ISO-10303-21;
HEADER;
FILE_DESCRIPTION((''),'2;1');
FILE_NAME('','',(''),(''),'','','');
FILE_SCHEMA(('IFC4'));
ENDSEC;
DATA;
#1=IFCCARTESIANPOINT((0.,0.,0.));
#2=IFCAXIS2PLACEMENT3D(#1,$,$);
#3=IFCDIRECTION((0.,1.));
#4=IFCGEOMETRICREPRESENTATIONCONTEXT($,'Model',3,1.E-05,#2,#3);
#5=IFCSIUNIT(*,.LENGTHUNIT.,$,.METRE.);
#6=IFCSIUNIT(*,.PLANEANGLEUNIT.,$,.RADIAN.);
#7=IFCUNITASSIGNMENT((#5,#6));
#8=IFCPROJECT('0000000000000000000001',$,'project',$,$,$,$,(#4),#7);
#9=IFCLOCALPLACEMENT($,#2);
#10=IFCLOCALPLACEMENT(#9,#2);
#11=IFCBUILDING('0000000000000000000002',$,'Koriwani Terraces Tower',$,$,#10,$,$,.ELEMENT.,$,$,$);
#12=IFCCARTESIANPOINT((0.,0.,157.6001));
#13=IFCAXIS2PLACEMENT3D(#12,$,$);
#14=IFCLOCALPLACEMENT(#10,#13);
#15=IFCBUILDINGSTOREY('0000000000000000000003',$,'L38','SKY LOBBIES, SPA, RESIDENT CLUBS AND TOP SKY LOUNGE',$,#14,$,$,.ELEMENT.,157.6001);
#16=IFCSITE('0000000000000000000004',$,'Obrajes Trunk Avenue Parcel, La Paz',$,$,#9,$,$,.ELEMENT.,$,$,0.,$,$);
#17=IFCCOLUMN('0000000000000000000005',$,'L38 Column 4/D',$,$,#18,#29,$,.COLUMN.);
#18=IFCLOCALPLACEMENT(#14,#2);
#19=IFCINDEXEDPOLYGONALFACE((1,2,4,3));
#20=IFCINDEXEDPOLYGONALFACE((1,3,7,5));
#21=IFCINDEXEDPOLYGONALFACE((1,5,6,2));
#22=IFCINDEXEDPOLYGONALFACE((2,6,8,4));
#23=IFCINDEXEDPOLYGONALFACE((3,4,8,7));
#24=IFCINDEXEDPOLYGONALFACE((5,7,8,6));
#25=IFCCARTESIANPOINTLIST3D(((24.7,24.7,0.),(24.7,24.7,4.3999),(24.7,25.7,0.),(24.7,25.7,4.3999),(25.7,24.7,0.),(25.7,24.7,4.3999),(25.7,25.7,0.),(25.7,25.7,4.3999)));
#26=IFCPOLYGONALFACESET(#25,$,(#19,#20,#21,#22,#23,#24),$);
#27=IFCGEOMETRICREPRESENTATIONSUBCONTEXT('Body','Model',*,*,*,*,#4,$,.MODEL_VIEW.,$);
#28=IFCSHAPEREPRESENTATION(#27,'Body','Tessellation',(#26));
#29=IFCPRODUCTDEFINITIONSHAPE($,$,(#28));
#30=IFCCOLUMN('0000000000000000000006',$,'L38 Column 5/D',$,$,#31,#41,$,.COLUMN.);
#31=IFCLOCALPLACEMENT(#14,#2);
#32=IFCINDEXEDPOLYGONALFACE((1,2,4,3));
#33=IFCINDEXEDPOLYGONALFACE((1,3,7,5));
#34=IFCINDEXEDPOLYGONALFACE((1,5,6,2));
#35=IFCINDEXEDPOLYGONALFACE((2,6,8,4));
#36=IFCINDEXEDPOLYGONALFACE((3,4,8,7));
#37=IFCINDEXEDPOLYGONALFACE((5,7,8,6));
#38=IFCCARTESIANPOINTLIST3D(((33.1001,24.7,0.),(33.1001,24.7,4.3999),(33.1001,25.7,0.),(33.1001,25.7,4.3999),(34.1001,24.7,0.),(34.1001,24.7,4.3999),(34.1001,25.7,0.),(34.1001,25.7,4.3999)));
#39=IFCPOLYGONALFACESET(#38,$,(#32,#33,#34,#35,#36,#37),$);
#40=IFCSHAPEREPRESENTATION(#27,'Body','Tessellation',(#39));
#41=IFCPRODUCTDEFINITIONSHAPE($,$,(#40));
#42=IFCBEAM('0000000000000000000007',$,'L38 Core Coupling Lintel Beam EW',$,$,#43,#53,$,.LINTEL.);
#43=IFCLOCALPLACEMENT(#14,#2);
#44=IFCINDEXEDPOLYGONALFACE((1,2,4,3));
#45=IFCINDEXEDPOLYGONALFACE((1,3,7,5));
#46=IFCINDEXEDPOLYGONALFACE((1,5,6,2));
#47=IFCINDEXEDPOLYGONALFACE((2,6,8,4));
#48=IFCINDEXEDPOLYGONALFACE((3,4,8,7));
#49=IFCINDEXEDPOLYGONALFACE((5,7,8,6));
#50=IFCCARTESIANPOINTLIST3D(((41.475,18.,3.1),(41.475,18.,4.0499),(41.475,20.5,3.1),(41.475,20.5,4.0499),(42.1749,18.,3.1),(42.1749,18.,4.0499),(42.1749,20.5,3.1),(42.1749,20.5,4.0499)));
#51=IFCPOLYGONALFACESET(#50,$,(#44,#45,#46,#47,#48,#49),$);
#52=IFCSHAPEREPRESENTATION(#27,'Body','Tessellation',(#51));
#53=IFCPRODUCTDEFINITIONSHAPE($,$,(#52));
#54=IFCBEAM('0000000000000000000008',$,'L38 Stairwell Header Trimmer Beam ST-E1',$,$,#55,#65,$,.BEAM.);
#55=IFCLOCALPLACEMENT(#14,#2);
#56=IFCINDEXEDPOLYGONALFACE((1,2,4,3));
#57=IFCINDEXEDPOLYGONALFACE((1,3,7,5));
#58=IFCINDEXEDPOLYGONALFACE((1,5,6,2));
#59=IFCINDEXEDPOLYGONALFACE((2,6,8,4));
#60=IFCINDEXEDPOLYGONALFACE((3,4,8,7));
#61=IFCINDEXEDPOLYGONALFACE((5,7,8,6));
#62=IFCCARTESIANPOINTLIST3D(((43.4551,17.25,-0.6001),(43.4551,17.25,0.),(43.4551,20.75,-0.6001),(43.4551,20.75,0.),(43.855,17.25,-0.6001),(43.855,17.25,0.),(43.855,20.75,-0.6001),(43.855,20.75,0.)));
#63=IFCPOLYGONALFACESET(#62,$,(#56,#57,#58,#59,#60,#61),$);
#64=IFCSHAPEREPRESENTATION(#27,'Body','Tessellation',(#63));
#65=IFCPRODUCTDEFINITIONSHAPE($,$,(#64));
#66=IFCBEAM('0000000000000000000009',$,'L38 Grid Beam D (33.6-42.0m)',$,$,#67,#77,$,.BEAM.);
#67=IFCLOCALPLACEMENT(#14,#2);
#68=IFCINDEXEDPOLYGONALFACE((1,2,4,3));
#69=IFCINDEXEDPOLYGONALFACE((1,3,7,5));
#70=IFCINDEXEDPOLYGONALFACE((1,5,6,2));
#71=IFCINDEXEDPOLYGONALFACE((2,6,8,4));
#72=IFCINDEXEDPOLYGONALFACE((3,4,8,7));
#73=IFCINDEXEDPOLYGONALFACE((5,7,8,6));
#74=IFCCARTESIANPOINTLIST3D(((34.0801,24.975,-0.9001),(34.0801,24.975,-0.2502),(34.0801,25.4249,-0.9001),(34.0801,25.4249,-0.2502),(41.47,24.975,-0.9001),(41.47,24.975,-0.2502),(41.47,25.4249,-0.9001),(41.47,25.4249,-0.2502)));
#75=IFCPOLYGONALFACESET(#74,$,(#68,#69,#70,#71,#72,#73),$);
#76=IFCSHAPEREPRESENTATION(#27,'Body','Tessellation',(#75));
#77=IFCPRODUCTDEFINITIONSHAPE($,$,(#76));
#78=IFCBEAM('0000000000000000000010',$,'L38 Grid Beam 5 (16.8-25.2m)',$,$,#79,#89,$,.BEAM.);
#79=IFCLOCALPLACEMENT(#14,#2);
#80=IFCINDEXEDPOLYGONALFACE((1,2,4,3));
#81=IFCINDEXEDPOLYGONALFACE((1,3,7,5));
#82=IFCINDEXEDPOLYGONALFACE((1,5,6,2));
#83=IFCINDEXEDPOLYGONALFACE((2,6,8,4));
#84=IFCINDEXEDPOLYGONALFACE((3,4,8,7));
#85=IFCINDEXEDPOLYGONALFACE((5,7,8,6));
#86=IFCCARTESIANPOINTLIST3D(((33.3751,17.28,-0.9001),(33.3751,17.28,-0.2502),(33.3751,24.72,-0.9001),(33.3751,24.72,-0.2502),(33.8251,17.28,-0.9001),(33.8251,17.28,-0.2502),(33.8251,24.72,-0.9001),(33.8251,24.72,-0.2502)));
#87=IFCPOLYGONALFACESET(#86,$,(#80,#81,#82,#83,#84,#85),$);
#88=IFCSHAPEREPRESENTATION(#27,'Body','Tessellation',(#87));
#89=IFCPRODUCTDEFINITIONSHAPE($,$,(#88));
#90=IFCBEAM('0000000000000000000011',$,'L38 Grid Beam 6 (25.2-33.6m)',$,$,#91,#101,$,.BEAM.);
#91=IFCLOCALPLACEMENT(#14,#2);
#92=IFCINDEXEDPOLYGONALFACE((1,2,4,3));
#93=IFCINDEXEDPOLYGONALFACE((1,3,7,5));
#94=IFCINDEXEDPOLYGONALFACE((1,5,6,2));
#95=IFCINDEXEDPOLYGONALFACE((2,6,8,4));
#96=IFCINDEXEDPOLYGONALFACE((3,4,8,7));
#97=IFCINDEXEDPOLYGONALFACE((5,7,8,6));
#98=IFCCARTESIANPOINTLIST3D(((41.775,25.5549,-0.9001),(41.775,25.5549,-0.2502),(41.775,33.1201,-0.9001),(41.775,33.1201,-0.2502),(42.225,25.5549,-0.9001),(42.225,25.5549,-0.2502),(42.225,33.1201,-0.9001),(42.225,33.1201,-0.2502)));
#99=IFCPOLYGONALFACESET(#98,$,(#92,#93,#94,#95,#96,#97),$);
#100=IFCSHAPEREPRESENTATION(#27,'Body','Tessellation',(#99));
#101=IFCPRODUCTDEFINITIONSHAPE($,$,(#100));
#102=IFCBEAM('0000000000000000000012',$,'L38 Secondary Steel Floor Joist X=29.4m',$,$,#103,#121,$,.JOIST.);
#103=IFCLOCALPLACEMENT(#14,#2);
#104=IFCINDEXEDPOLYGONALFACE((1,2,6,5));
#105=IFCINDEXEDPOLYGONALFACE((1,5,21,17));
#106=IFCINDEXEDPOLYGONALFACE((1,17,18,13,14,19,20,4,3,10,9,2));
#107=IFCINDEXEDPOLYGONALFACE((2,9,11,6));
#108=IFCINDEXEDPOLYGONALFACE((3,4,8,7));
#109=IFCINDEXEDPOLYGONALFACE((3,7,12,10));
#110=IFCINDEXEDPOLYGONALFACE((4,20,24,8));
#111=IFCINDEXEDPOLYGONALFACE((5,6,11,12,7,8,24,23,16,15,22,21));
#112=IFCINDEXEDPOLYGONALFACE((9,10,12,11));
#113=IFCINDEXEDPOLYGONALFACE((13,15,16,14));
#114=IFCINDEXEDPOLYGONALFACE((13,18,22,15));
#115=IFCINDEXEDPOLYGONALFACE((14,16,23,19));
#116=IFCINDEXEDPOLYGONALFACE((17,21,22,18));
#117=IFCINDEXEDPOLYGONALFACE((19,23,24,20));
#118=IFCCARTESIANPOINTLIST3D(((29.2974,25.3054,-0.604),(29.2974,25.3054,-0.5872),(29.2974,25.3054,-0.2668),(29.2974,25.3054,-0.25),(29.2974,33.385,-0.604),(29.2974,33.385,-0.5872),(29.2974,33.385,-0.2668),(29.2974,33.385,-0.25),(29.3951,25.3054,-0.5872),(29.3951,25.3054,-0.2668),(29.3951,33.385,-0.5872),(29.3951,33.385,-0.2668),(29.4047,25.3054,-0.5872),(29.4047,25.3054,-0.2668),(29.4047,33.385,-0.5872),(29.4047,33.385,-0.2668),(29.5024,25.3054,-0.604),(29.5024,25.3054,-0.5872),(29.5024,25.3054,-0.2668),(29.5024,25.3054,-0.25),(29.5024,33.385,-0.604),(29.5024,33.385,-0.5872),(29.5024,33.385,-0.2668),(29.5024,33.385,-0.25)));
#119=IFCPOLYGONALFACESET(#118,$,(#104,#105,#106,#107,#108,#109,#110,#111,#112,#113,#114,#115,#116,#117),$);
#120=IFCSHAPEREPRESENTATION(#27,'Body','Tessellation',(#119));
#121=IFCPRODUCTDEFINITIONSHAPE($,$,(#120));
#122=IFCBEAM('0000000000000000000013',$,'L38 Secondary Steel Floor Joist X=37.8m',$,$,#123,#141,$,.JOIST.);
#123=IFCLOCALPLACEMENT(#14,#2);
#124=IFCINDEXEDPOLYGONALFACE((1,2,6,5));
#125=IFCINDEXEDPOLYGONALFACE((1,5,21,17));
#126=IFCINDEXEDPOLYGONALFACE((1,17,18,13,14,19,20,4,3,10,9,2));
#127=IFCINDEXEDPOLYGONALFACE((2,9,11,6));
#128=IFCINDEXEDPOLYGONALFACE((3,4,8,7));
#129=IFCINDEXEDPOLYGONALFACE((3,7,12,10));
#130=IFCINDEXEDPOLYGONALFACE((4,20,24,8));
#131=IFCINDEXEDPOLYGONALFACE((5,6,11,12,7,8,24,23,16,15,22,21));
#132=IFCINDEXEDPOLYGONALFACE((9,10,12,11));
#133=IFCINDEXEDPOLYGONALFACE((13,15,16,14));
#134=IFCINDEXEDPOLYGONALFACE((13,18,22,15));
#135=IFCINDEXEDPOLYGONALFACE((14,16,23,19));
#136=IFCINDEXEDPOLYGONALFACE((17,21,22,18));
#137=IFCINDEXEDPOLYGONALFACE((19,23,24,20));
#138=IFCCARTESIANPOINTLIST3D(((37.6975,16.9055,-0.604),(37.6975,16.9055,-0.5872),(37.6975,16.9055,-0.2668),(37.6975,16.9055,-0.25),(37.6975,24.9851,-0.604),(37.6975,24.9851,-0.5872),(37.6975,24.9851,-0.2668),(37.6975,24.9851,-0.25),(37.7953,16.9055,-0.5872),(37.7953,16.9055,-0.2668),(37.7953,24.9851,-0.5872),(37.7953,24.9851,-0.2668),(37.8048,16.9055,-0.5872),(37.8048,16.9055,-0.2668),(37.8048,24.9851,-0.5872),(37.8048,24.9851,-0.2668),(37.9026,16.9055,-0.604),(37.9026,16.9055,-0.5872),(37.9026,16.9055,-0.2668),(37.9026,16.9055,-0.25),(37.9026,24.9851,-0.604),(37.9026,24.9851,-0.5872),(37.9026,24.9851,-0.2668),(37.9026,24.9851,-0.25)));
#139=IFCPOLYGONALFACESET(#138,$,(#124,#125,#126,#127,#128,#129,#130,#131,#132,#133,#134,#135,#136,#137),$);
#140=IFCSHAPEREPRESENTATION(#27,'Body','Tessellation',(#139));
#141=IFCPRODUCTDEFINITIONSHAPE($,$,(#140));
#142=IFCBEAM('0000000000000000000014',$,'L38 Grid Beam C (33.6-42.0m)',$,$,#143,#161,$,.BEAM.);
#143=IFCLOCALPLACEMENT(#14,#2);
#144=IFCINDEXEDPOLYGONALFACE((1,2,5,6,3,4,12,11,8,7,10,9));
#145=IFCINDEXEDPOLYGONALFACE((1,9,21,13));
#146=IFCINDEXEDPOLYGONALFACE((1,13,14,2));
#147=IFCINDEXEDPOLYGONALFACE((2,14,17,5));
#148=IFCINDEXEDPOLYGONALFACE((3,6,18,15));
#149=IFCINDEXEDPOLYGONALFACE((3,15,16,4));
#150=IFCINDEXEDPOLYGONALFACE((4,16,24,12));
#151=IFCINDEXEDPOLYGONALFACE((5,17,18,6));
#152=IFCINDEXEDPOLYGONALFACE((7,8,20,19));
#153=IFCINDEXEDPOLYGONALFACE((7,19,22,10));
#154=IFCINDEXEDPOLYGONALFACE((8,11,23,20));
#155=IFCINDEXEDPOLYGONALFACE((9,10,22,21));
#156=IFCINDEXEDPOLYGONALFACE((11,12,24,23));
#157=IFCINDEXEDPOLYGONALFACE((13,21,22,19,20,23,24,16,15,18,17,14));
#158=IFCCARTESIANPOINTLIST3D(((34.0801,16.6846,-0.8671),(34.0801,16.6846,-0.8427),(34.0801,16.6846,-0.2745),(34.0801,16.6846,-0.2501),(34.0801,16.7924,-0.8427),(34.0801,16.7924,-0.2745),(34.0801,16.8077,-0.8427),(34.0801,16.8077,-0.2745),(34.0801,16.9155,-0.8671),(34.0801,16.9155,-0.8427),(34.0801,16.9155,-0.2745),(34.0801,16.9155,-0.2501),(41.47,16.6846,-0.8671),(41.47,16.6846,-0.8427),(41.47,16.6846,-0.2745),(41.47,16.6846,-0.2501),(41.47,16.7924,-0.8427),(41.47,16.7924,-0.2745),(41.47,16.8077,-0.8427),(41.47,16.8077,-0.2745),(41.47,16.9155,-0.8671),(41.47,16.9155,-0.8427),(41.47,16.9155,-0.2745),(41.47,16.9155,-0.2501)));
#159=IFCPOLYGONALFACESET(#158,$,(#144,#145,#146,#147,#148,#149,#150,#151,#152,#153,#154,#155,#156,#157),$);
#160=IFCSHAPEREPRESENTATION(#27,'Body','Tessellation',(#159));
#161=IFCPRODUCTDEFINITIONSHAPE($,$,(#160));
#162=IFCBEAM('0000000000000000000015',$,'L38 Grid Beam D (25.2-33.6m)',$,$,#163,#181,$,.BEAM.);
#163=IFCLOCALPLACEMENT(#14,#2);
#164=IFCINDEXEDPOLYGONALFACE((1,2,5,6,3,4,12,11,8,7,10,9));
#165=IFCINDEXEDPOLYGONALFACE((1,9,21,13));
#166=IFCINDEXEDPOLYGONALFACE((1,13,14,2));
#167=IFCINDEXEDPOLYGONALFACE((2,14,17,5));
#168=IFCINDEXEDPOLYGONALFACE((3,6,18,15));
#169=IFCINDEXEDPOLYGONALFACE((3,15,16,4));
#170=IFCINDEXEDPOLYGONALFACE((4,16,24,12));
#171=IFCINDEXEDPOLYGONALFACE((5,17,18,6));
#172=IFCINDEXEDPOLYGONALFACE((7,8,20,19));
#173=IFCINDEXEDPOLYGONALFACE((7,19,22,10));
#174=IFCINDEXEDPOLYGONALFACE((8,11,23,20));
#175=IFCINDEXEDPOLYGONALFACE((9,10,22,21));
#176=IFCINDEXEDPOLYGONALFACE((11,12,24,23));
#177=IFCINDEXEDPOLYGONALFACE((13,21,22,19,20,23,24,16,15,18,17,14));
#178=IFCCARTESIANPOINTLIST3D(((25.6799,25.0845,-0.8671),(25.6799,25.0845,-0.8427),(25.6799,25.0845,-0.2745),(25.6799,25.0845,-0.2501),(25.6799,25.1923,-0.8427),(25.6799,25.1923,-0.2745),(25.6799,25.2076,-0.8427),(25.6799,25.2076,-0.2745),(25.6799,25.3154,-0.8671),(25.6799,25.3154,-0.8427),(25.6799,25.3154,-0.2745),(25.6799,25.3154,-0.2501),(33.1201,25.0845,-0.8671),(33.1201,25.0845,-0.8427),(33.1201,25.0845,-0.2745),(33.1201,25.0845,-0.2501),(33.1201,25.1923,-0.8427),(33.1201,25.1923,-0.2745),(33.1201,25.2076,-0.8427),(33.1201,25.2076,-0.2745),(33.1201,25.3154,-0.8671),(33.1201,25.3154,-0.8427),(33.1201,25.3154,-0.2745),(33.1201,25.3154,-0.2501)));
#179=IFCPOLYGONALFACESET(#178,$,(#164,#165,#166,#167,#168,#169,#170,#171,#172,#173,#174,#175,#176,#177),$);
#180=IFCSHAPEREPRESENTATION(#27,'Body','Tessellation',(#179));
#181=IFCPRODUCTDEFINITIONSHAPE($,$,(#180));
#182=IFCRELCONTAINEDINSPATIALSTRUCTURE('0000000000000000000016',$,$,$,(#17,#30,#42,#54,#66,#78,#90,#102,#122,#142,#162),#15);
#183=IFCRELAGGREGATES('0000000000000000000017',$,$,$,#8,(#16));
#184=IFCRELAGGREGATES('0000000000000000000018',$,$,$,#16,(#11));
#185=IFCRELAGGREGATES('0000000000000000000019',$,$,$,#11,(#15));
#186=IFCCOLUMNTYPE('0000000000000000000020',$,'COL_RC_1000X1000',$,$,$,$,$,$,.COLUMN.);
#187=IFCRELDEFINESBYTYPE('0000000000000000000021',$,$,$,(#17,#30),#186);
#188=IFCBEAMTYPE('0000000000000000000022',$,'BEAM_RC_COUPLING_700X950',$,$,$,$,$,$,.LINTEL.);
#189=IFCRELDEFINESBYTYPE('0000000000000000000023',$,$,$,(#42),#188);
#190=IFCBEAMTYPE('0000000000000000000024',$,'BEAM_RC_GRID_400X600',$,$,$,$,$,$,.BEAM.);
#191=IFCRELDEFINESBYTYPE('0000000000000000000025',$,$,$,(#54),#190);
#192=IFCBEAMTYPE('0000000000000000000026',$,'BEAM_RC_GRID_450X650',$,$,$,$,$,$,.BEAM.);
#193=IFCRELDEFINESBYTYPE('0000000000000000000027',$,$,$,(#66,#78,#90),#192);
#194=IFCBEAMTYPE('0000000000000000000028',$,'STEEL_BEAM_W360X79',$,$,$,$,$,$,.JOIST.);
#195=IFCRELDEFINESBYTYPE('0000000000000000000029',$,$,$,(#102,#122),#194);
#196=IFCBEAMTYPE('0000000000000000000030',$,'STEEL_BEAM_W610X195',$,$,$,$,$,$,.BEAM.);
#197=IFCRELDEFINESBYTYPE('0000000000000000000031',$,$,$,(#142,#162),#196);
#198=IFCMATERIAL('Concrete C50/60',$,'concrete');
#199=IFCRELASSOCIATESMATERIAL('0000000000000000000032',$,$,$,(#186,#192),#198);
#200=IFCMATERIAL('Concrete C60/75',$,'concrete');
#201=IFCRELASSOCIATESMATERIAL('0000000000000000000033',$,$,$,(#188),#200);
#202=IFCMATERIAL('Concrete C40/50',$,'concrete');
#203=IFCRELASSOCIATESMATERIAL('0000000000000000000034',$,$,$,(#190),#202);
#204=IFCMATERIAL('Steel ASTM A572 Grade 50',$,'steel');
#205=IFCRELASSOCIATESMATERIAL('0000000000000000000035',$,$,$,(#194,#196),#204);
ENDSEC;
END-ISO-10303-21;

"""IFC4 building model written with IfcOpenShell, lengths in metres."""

from ifc_helpers import new_model, si_unit, direction, frame, origin, origin_2d, place, context, subcontext, project, spatial, rectangle, i_section, extrude, material, material_profile, profile_set, type_object, element, save


model = new_model("IFC4")

# Units and contexts
model_context = context("Model", 3, precision=1e-05, world=origin(), true_north=direction((0.0, 1.0)))
body_context = subcontext(model_context, "Body", "Model", "MODEL_VIEW")
ifc_project = project(units=[si_unit("LENGTHUNIT", "METRE"), si_unit("PLANEANGLEUNIT", "RADIAN")], contexts=[model_context])

# Site, building, storey
site_placement = place(None, origin())
site = spatial("IfcSite", under=ifc_project, at=site_placement, Name="Obrajes Trunk Avenue Parcel, La Paz", CompositionType="ELEMENT", RefElevation=0.0)
building_placement = place(site_placement, origin())
building = spatial("IfcBuilding", under=site, at=building_placement, Name="Koriwani Terraces Tower", CompositionType="ELEMENT")
storey_placement = place(building_placement, frame((0.0, 0.0, 157.6001)))
storey = spatial("IfcBuildingStorey", under=building, at=storey_placement, Name="L38", Description="SKY LOBBIES, SPA, RESIDENT CLUBS AND TOP SKY LOUNGE", CompositionType="ELEMENT", Elevation=157.6001)

# Columns
ifc_material_1 = material(Name="Concrete C50/60", Category="concrete")
ifc_material_profile_1 = material_profile(ifc_material_1, rectangle(XDim=1.0, YDim=1.0, at=origin_2d()), Name="Concrete C50/60", Category="LoadBearing")
ifc_profile_set_1 = profile_set([ifc_material_profile_1], Name="Concrete C50/60")
column_type = type_object("IfcColumnType", Name="COL_RC_1000X1000", PredefinedType="COLUMN", material=ifc_profile_set_1)
for number, where, z_axis, x_axis, name in (
    (1, (25.2, 25.2, 0.0), (0.0, 0.0, 1.0), (1.0, 0.0, 0.0), "L38 Column 4/D"),
    (2, (33.6001, 25.2, 0.0), (0.0, 0.0, 1.0), (1.0, 0.0, 0.0), "L38 Column 5/D"),
):
    element("IfcColumn", number, at=place(storey_placement, frame(where, z_axis=z_axis, x_axis=x_axis)), inside=storey, type_object=column_type, Name=name, PredefinedType="COLUMN", context=body_context, shape_type="SweptSolid", body=[
        extrude(rectangle(XDim=1.0, YDim=1.0, at=origin_2d()), origin(), (0.0, 0.0, 1.0), 4.3999),
    ])

# Beams
ifc_material_2 = material(Name="Concrete C60/75", Category="concrete")
ifc_material_profile_2 = material_profile(ifc_material_2, rectangle(XDim=0.7, YDim=0.95, at=origin_2d()), Name="Concrete C60/75", Category="LoadBearing")
ifc_profile_set_2 = profile_set([ifc_material_profile_2], Name="Concrete C60/75")
beam_type_1 = type_object("IfcBeamType", Name="BEAM_RC_COUPLING_700X950", PredefinedType="LINTEL", material=ifc_profile_set_2)
beam_1_placement = place(storey_placement, frame((41.825, 18.0, 3.575), z_axis=(0.0, 1.0, 0.0), x_axis=(-1.0, 0.0, 0.0)))
element("IfcBeam", 3, at=beam_1_placement, inside=storey, type_object=beam_type_1, Name="L38 Core Coupling Lintel Beam EW", PredefinedType="LINTEL", context=body_context, shape_type="SweptSolid", body=[
    extrude(rectangle(XDim=0.7, YDim=0.95, at=origin_2d()), origin(), (0.0, 0.0, 1.0), 2.5),
])
ifc_material_3 = material(Name="Concrete C40/50", Category="concrete")
ifc_material_profile_3 = material_profile(ifc_material_3, rectangle(XDim=0.3999, YDim=0.6001, at=origin_2d()), Name="Concrete C40/50", Category="LoadBearing")
ifc_profile_set_3 = profile_set([ifc_material_profile_3], Name="Concrete C40/50")
beam_type_2 = type_object("IfcBeamType", Name="BEAM_RC_GRID_400X600", PredefinedType="BEAM", material=ifc_profile_set_3)
beam_2_placement = place(storey_placement, frame((43.655, 17.25, -0.3), z_axis=(0.0, 1.0, 0.0), x_axis=(-1.0, 0.0, 0.0)))
element("IfcBeam", 4, at=beam_2_placement, inside=storey, type_object=beam_type_2, Name="L38 Stairwell Header Trimmer Beam ST-E1", PredefinedType="BEAM", context=body_context, shape_type="SweptSolid", body=[
    extrude(rectangle(XDim=0.3999, YDim=0.6001, at=origin_2d()), origin(), (0.0, 0.0, 1.0), 3.5),
])
ifc_material_profile_4 = material_profile(ifc_material_1, rectangle(XDim=0.45, YDim=0.6499, at=origin_2d()), Name="Concrete C50/60", Category="LoadBearing")
ifc_profile_set_4 = profile_set([ifc_material_profile_4], Name="Concrete C50/60")
beam_type_3 = type_object("IfcBeamType", Name="BEAM_RC_GRID_450X650", PredefinedType="BEAM", material=ifc_profile_set_4)
beam_3_placement = place(storey_placement, frame((34.0801, 25.2, -0.5752), z_axis=(1.0, 0.0, 0.0), x_axis=(0.0, 1.0, 0.0)))
element("IfcBeam", 5, at=beam_3_placement, inside=storey, type_object=beam_type_3, Name="L38 Grid Beam D (33.6-42.0m)", PredefinedType="BEAM", context=body_context, shape_type="SweptSolid", body=[
    extrude(rectangle(XDim=0.45, YDim=0.6499, at=origin_2d()), origin(), (0.0, 0.0, 1.0), 7.3899),
])
beam_4_placement = place(storey_placement, frame((33.6001, 17.28, -0.5752), z_axis=(0.0, 1.0, 0.0), x_axis=(-1.0, 0.0, 0.0)))
element("IfcBeam", 6, at=beam_4_placement, inside=storey, type_object=beam_type_3, Name="L38 Grid Beam 5 (16.8-25.2m)", PredefinedType="BEAM", context=body_context, shape_type="SweptSolid", body=[
    extrude(rectangle(XDim=0.45, YDim=0.6499, at=origin_2d()), origin(), (0.0, 0.0, 1.0), 7.4399),
])
beam_5_placement = place(storey_placement, frame((42.0, 25.5549, -0.5752), z_axis=(0.0, 1.0, 0.0), x_axis=(-1.0, 0.0, 0.0)))
element("IfcBeam", 7, at=beam_5_placement, inside=storey, type_object=beam_type_3, Name="L38 Grid Beam 6 (25.2-33.6m)", PredefinedType="BEAM", context=body_context, shape_type="SweptSolid", body=[
    extrude(rectangle(XDim=0.45, YDim=0.6499, at=origin_2d()), origin(), (0.0, 0.0, 1.0), 7.5652),
])
ifc_material_4 = material(Name="Steel ASTM A572 Grade 50", Category="steel")
ifc_material_profile_5 = material_profile(ifc_material_4, i_section(OverallWidth=0.2051, OverallDepth=0.354, WebThickness=0.0095, FlangeThickness=0.0168, at=origin_2d()), Name="Steel ASTM A572 Grade 50", Category="LoadBearing")
ifc_profile_set_5 = profile_set([ifc_material_profile_5], Name="Steel ASTM A572 Grade 50")
beam_type_4 = type_object("IfcBeamType", Name="STEEL_BEAM_W360X79", PredefinedType="JOIST", material=ifc_profile_set_5)
for number, where, z_axis, x_axis, name in (
    (8, (29.3999, 25.3054, -0.427), (0.0, 1.0, 0.0), (-1.0, 0.0, 0.0), "L38 Secondary Steel Floor Joist X=29.4m"),
    (9, (37.8, 16.9055, -0.427), (0.0, 1.0, 0.0), (-1.0, 0.0, 0.0), "L38 Secondary Steel Floor Joist X=37.8m"),
):
    element("IfcBeam", number, at=place(storey_placement, frame(where, z_axis=z_axis, x_axis=x_axis)), inside=storey, type_object=beam_type_4, Name=name, PredefinedType="JOIST", context=body_context, shape_type="SweptSolid", body=[
        extrude(i_section(OverallWidth=0.2051, OverallDepth=0.354, WebThickness=0.0095, FlangeThickness=0.0168, at=origin_2d()), origin(), (0.0, 0.0, 1.0), 8.0796),
    ])
ifc_material_profile_6 = material_profile(ifc_material_4, i_section(OverallWidth=0.231, OverallDepth=0.6169, WebThickness=0.0154, FlangeThickness=0.0244, at=origin_2d()), Name="Steel ASTM A572 Grade 50", Category="LoadBearing")
ifc_profile_set_6 = profile_set([ifc_material_profile_6], Name="Steel ASTM A572 Grade 50")
beam_type_5 = type_object("IfcBeamType", Name="STEEL_BEAM_W610X195", PredefinedType="BEAM", material=ifc_profile_set_6)
beam_6_placement = place(storey_placement, frame((34.0801, 16.8, -0.5586), z_axis=(1.0, 0.0, 0.0), x_axis=(0.0, 1.0, 0.0)))
element("IfcBeam", 10, at=beam_6_placement, inside=storey, type_object=beam_type_5, Name="L38 Grid Beam C (33.6-42.0m)", PredefinedType="BEAM", context=body_context, shape_type="SweptSolid", body=[
    extrude(i_section(OverallWidth=0.231, OverallDepth=0.6169, WebThickness=0.0154, FlangeThickness=0.0244, at=origin_2d()), origin(), (0.0, 0.0, 1.0), 7.3899),
])
beam_7_placement = place(storey_placement, frame((25.6799, 25.2, -0.5586), z_axis=(1.0, 0.0, 0.0), x_axis=(0.0, 1.0, 0.0)))
element("IfcBeam", 11, at=beam_7_placement, inside=storey, type_object=beam_type_5, Name="L38 Grid Beam D (25.2-33.6m)", PredefinedType="BEAM", context=body_context, shape_type="SweptSolid", body=[
    extrude(i_section(OverallWidth=0.231, OverallDepth=0.6169, WebThickness=0.0154, FlangeThickness=0.0244, at=origin_2d()), origin(), (0.0, 0.0, 1.0), 7.4402),
])

save(model, "model.ifc")
